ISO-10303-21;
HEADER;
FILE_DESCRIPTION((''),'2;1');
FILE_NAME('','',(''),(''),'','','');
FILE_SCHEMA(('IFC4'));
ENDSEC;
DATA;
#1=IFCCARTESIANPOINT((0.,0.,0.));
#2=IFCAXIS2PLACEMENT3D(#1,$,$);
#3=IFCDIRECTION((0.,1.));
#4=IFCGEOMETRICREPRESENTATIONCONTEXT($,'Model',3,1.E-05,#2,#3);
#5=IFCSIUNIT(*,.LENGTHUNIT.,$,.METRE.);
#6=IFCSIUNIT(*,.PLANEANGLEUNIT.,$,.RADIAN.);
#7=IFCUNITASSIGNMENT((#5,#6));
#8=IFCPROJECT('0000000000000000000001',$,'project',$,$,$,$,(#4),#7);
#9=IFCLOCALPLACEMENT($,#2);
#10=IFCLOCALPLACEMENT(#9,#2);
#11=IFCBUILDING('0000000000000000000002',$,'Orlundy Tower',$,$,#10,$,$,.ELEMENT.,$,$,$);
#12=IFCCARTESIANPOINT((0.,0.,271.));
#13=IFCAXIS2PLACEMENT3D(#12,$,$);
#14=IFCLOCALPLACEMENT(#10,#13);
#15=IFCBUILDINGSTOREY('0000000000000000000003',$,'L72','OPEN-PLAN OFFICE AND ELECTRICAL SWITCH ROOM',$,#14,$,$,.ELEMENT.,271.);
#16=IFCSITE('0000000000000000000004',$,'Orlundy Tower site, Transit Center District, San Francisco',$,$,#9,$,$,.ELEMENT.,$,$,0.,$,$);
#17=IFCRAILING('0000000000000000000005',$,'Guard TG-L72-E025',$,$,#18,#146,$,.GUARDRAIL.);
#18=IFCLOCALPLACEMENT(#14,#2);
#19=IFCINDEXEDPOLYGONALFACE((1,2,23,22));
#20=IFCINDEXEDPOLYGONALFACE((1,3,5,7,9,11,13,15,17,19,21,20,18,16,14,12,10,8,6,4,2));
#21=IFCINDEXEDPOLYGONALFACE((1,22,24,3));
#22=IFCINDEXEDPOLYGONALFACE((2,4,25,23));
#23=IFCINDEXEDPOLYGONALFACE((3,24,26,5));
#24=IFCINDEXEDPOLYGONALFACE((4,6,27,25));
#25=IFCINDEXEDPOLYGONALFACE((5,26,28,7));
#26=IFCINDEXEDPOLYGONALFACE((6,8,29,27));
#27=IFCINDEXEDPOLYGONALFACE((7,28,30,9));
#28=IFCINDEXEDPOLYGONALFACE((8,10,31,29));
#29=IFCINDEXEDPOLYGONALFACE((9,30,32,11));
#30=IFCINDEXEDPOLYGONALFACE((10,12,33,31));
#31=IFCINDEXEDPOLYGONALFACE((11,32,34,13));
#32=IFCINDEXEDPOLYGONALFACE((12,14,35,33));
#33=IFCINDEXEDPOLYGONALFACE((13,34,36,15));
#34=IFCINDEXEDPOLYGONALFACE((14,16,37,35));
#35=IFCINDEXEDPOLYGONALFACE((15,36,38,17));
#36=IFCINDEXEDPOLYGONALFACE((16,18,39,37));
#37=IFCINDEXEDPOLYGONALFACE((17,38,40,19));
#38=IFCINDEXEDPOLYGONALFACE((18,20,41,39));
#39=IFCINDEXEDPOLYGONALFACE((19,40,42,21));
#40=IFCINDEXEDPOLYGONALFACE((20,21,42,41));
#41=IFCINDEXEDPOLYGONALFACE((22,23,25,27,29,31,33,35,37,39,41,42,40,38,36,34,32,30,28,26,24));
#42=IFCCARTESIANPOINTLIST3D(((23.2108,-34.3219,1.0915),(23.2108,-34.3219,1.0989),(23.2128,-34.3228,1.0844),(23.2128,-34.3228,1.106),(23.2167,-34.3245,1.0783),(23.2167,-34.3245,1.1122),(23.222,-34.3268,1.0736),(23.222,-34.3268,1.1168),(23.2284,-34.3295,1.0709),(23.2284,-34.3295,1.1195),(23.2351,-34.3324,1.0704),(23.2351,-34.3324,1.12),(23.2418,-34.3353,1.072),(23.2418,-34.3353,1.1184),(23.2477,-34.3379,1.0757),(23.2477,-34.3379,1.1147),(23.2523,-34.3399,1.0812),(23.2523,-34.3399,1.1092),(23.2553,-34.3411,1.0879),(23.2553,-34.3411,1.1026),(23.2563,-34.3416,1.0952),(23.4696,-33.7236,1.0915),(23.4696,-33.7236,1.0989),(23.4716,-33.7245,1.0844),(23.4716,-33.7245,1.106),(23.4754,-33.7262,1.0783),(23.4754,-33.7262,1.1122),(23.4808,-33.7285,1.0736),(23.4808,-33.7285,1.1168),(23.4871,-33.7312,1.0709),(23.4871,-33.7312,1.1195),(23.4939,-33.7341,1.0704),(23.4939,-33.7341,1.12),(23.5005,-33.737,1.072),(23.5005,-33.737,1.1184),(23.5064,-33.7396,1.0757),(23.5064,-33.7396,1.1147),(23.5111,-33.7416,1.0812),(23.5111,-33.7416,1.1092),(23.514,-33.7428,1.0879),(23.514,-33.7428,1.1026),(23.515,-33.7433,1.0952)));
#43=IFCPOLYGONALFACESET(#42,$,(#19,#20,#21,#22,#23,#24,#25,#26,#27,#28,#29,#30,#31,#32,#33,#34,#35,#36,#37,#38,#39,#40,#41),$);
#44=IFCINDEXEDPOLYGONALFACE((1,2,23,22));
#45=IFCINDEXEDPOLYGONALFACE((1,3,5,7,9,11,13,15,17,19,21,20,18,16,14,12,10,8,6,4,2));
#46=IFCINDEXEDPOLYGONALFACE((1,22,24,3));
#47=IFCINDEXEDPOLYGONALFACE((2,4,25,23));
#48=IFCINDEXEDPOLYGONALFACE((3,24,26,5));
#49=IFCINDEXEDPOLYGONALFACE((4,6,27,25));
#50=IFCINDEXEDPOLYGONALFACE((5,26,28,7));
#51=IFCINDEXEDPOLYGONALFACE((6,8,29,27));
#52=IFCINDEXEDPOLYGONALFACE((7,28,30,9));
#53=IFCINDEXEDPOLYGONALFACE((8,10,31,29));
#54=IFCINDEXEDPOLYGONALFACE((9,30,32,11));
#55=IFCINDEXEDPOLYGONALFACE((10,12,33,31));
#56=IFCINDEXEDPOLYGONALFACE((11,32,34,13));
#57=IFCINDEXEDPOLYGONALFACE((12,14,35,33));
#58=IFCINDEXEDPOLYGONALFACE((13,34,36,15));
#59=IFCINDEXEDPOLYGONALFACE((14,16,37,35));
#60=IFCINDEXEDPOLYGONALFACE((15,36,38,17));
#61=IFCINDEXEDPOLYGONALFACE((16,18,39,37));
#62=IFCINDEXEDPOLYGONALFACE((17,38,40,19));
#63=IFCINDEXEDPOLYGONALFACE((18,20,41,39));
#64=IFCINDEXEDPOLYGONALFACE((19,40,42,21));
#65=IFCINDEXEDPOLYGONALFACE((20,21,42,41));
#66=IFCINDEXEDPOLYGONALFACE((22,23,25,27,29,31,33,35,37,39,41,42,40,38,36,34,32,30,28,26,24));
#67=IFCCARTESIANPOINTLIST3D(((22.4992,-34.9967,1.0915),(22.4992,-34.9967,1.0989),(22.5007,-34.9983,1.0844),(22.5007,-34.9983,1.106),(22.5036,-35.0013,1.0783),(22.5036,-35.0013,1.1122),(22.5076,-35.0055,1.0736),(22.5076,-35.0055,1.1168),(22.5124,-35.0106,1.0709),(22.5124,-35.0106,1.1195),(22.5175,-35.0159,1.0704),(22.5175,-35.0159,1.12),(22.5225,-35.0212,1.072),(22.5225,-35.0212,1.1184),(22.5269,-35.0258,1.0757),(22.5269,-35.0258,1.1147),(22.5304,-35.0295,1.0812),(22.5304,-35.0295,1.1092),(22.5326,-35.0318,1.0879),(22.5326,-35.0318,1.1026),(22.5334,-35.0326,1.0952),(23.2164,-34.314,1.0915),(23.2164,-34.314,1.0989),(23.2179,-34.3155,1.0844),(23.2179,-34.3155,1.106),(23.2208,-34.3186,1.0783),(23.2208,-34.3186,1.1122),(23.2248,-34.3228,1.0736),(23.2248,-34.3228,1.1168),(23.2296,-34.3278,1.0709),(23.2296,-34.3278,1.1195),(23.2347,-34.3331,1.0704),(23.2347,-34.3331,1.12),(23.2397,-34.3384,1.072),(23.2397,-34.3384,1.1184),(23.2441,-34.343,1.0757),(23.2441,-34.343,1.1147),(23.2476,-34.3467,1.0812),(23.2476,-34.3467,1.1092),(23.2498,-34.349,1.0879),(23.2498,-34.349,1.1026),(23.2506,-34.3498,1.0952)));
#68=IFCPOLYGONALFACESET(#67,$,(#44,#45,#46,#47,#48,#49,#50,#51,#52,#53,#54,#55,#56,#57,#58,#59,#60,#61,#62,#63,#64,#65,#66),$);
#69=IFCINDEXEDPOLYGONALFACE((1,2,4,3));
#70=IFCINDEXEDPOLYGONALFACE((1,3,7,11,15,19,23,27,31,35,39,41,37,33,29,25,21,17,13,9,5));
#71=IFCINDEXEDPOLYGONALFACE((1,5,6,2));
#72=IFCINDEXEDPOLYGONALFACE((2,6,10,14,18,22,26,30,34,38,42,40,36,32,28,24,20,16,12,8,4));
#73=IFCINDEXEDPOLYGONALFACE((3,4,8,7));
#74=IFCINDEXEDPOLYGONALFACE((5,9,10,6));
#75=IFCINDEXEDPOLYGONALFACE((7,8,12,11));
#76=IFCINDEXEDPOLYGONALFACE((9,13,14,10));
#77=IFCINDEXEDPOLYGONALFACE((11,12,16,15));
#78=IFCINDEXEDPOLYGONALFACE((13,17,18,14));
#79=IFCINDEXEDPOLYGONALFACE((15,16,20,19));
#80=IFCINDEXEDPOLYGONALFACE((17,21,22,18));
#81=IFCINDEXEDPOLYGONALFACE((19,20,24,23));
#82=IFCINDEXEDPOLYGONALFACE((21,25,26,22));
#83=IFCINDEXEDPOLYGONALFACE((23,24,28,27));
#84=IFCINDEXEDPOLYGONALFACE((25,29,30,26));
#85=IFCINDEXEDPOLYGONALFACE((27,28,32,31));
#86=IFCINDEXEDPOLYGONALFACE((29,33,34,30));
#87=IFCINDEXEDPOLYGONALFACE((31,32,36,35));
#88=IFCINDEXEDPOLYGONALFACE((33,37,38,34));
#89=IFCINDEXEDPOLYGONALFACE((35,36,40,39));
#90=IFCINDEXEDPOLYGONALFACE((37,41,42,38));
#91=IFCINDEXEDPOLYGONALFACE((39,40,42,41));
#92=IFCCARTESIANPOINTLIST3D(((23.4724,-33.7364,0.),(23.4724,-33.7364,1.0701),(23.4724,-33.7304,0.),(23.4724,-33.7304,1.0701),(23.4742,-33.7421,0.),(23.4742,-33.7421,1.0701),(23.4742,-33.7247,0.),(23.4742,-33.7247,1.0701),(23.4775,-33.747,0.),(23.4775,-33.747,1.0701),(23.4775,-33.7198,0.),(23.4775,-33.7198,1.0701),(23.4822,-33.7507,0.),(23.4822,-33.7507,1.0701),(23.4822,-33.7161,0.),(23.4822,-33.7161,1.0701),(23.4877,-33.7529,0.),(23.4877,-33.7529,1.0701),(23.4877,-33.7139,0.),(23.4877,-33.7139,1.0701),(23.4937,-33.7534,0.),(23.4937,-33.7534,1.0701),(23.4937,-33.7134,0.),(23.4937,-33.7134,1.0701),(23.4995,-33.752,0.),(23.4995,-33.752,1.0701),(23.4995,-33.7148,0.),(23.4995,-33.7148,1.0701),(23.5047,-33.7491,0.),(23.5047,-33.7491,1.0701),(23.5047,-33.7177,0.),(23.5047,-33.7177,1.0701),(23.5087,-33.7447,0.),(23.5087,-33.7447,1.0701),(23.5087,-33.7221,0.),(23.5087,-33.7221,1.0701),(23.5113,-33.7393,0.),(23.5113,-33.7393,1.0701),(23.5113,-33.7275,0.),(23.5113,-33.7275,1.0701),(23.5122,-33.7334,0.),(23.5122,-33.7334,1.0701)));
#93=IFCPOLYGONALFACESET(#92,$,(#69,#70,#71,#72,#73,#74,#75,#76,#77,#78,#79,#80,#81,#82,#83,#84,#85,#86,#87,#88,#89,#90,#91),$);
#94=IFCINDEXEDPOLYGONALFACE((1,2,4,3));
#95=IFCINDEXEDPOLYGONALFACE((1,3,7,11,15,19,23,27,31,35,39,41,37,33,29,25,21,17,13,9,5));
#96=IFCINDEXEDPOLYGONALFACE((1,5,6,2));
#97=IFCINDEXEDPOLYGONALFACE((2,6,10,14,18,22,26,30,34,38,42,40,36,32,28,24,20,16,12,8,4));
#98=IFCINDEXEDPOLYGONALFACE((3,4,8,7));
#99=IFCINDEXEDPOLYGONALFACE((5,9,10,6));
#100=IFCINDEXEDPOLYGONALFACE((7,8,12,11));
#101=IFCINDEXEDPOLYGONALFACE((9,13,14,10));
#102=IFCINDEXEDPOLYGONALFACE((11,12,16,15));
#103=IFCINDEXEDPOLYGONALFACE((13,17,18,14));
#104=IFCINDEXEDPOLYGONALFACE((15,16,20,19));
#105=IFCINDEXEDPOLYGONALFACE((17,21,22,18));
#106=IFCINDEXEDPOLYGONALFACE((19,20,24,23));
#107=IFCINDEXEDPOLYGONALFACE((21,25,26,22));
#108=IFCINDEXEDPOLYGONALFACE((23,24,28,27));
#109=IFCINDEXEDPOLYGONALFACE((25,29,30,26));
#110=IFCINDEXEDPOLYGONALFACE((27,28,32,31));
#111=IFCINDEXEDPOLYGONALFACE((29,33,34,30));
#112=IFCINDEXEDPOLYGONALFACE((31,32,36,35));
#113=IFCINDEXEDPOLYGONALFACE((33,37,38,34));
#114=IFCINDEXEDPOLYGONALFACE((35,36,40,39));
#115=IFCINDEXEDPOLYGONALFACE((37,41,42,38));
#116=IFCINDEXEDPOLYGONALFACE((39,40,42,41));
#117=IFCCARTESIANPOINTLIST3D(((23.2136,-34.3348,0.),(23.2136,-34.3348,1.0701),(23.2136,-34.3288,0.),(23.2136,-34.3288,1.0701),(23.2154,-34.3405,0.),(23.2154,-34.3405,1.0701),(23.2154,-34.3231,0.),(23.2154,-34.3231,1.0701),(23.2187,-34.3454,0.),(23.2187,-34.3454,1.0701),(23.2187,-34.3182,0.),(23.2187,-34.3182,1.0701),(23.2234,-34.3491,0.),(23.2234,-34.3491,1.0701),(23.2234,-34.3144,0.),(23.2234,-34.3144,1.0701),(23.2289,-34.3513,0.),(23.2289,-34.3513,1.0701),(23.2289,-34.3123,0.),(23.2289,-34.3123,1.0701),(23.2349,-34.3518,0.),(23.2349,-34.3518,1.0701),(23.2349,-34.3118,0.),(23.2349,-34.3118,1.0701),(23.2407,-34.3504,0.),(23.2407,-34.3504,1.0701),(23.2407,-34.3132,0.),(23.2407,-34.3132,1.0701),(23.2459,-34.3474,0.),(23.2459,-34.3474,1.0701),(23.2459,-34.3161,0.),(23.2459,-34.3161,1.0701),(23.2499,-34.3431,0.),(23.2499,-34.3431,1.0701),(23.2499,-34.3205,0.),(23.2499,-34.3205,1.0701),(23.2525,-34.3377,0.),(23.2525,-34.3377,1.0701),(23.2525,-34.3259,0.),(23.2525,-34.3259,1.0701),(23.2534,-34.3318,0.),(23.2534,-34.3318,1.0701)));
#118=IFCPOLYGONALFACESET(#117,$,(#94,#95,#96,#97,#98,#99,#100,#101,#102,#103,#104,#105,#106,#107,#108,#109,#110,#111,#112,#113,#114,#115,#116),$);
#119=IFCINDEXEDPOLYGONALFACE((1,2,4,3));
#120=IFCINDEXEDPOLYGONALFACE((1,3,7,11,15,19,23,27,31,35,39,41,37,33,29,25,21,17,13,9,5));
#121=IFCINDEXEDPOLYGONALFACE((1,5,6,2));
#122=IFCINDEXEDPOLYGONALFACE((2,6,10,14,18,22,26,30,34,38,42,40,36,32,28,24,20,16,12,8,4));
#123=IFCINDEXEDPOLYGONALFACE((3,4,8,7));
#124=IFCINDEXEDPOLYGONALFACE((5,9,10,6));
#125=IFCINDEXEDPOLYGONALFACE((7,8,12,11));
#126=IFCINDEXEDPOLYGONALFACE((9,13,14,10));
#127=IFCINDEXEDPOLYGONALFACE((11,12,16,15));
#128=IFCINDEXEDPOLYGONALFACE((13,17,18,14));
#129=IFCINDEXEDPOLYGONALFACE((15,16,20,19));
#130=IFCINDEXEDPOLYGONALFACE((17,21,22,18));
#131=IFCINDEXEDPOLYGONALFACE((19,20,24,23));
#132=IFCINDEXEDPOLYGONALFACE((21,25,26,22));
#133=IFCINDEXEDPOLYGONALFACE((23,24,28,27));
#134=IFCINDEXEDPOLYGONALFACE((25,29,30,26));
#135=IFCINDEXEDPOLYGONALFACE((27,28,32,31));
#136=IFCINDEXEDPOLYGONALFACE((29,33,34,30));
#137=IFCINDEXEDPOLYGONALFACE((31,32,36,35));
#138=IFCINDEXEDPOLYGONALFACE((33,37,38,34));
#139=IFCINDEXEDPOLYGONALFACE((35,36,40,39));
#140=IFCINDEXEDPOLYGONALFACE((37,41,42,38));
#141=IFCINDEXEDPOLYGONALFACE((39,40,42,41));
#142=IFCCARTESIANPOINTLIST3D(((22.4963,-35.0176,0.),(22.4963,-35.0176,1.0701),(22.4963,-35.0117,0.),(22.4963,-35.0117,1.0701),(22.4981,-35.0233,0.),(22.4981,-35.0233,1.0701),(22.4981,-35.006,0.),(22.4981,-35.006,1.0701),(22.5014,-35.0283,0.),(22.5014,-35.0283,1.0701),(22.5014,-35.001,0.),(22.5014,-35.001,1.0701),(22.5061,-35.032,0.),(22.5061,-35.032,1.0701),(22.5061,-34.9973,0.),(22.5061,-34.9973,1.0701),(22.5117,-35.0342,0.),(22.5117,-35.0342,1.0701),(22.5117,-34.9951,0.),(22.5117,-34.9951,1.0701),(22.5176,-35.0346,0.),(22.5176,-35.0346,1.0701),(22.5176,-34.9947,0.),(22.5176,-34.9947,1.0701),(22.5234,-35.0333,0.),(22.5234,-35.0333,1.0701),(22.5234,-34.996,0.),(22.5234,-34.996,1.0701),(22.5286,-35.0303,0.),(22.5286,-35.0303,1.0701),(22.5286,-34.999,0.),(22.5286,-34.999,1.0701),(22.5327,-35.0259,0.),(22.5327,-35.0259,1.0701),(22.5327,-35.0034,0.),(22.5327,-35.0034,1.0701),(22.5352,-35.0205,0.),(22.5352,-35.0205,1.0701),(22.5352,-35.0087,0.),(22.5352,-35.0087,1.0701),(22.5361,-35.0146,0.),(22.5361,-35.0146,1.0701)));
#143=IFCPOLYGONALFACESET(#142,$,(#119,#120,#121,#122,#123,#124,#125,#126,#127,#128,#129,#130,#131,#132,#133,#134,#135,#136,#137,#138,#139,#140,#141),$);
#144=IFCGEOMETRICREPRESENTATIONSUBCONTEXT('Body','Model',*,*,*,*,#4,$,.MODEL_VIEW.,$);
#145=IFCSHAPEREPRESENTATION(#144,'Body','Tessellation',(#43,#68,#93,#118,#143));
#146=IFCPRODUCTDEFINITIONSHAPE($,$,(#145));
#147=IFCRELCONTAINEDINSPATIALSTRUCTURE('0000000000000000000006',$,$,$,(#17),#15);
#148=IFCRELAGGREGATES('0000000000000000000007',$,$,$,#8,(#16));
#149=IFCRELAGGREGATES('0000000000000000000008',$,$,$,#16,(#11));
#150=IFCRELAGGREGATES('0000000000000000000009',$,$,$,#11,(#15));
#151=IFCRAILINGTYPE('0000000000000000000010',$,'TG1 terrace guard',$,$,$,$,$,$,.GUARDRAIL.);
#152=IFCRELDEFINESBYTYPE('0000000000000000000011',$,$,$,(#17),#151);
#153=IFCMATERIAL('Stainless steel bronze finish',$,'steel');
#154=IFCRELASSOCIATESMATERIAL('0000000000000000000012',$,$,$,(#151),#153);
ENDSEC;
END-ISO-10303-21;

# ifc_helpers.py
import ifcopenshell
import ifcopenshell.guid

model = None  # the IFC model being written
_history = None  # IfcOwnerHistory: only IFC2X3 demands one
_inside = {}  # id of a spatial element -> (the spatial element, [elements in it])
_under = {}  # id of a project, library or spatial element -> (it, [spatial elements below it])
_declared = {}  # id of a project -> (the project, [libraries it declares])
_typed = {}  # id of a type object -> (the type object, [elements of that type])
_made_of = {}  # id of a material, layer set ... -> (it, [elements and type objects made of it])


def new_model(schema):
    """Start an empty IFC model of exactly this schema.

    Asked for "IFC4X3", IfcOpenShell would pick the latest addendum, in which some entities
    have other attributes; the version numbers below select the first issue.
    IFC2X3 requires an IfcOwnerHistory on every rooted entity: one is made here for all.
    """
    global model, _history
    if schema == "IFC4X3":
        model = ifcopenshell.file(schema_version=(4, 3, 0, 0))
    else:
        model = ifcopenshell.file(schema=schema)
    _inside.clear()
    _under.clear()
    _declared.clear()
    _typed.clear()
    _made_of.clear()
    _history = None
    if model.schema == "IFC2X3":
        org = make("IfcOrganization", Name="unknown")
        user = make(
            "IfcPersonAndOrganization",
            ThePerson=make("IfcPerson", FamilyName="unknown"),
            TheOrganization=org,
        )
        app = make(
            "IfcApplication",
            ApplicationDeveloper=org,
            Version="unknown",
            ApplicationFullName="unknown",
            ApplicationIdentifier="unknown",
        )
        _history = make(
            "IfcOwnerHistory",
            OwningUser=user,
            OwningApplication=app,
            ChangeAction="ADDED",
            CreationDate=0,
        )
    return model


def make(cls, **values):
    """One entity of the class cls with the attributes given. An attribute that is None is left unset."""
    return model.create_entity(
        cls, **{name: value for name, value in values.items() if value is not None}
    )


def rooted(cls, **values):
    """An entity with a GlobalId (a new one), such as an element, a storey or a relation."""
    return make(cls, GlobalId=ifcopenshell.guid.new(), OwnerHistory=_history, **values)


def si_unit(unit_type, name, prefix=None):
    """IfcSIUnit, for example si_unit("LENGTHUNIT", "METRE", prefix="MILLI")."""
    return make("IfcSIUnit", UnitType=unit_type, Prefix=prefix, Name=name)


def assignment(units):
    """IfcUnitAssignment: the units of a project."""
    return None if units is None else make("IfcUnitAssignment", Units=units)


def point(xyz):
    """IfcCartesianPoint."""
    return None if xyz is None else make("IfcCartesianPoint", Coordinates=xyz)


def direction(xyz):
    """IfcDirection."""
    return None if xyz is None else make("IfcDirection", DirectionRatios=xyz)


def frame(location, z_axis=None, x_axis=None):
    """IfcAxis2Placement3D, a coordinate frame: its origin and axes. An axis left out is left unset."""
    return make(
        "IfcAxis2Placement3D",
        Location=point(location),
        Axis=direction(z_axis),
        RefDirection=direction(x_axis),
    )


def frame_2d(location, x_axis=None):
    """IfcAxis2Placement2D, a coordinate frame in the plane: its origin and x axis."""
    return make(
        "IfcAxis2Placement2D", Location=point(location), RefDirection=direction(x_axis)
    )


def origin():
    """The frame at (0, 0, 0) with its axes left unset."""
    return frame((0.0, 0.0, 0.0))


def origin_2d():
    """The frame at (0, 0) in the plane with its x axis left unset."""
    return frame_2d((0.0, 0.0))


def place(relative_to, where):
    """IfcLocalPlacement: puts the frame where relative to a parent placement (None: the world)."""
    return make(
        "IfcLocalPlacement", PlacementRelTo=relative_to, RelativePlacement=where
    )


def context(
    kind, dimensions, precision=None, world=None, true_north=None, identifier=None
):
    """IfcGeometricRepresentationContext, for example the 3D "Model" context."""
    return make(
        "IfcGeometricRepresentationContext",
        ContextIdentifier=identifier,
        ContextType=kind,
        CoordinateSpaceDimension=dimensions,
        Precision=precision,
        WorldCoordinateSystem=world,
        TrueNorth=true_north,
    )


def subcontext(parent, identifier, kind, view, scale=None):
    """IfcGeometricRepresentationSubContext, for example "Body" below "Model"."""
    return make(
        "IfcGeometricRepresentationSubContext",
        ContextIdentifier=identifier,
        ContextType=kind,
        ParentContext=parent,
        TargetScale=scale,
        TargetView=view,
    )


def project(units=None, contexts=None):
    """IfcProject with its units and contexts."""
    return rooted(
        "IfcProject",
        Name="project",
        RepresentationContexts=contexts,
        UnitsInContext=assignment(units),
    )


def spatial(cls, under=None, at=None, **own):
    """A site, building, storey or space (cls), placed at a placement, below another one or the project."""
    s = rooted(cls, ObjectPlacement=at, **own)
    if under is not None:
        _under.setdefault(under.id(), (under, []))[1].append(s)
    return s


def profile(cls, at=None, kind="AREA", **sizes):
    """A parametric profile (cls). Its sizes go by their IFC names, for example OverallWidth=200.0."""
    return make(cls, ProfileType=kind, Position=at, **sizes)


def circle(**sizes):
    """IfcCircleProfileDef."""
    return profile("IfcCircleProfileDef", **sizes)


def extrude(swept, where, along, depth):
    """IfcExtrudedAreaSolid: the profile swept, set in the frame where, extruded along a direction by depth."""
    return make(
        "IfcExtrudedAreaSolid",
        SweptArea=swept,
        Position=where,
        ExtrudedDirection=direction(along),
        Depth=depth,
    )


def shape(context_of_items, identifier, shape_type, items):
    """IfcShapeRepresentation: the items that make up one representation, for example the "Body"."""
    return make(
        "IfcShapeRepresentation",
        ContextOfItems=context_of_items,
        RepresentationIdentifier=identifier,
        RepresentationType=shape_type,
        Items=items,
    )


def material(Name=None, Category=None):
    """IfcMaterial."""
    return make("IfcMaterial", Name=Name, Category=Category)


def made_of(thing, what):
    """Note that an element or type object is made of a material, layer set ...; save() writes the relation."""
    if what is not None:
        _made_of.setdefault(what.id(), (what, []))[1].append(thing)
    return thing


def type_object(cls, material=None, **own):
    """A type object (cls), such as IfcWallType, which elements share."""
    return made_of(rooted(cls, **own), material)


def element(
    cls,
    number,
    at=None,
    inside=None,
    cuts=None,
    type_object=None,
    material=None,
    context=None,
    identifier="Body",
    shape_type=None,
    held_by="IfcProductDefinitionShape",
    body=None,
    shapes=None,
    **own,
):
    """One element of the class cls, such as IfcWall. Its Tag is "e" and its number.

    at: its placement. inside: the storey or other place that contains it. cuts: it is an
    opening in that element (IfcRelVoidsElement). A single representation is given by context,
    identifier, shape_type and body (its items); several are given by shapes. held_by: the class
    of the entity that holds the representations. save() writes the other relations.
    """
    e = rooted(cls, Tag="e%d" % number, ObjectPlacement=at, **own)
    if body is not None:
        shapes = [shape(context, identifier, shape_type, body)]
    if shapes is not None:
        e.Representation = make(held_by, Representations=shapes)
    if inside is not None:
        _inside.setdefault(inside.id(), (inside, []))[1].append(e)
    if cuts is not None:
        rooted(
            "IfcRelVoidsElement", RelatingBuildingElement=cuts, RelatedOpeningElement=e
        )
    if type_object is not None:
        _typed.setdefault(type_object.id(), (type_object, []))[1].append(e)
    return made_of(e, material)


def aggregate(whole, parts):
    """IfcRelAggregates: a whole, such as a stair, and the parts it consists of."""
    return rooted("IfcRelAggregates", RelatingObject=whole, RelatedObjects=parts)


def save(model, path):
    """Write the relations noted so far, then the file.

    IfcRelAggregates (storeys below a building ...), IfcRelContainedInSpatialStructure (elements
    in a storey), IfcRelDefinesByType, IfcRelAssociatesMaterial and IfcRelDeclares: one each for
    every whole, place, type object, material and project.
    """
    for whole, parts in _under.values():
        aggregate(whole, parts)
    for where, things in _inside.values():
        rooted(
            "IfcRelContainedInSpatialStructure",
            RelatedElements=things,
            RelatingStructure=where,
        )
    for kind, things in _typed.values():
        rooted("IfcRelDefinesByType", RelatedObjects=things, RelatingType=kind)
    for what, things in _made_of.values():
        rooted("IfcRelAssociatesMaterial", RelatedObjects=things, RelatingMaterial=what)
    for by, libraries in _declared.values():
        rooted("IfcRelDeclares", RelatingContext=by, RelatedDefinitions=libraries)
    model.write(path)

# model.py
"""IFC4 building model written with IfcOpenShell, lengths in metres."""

from ifc_helpers import new_model, si_unit, direction, frame, origin, origin_2d, place, context, subcontext, project, spatial, circle, extrude, material, type_object, element, save


model = new_model("IFC4")

# Units and contexts
model_context = context("Model", 3, precision=1e-05, world=origin(), true_north=direction((0.0, 1.0)))
body_context = subcontext(model_context, "Body", "Model", "MODEL_VIEW")
ifc_project = project(units=[si_unit("LENGTHUNIT", "METRE"), si_unit("PLANEANGLEUNIT", "RADIAN")], contexts=[model_context])

# Site, building, storey
site_placement = place(None, origin())
site = spatial("IfcSite", under=ifc_project, at=site_placement, Name="Orlundy Tower site, Transit Center District, San Francisco", CompositionType="ELEMENT", RefElevation=0.0)
building_placement = place(site_placement, origin())
building = spatial("IfcBuilding", under=site, at=building_placement, Name="Orlundy Tower", CompositionType="ELEMENT")
storey_placement = place(building_placement, frame((0.0, 0.0, 271.0)))
storey = spatial("IfcBuildingStorey", under=building, at=storey_placement, Name="L72", Description="OPEN-PLAN OFFICE AND ELECTRICAL SWITCH ROOM", CompositionType="ELEMENT", Elevation=271.0)

# Railing
ifc_material_1 = material(Name="Stainless steel bronze finish", Category="steel")
railing_type_1 = type_object("IfcRailingType", Name="TG1 terrace guard", PredefinedType="GUARDRAIL", material=ifc_material_1)
railing_1_placement = place(storey_placement, frame((23.4922, -33.7334, 0.0)))
element("IfcRailing", 1, at=railing_1_placement, inside=storey, type_object=railing_type_1, Name="Guard TG-L72-E025", PredefinedType="GUARDRAIL", context=body_context, shape_type="SweptSolid", body=[
    extrude(circle(Radius=0.0249, at=origin_2d()), frame((0.0, 0.0, 1.0952), z_axis=(-0.396945, -0.917842, 0.0), x_axis=(0.917842, -0.396945, 0.0)), (0.0, 0.0, 1.0), 0.6519),
    extrude(circle(Radius=0.0249, at=origin_2d()), frame((-0.2588, -0.5984, 1.0952), z_axis=(-0.724273, -0.689514, 0.0), x_axis=(0.689514, -0.724273, 0.0)), (0.0, 0.0, 1.0), 0.9902),
    extrude(circle(Radius=0.02, at=origin_2d()), origin(), (0.0, 0.0, 1.0), 1.0701),
    extrude(circle(Radius=0.02, at=origin_2d()), frame((-0.2588, -0.5984, 0.0)), (0.0, 0.0, 1.0), 1.0701),
    extrude(circle(Radius=0.02, at=origin_2d()), frame((-0.9761, -1.2812, 0.0)), (0.0, 0.0, 1.0), 1.0701),
])

save(model, "model.ifc")
